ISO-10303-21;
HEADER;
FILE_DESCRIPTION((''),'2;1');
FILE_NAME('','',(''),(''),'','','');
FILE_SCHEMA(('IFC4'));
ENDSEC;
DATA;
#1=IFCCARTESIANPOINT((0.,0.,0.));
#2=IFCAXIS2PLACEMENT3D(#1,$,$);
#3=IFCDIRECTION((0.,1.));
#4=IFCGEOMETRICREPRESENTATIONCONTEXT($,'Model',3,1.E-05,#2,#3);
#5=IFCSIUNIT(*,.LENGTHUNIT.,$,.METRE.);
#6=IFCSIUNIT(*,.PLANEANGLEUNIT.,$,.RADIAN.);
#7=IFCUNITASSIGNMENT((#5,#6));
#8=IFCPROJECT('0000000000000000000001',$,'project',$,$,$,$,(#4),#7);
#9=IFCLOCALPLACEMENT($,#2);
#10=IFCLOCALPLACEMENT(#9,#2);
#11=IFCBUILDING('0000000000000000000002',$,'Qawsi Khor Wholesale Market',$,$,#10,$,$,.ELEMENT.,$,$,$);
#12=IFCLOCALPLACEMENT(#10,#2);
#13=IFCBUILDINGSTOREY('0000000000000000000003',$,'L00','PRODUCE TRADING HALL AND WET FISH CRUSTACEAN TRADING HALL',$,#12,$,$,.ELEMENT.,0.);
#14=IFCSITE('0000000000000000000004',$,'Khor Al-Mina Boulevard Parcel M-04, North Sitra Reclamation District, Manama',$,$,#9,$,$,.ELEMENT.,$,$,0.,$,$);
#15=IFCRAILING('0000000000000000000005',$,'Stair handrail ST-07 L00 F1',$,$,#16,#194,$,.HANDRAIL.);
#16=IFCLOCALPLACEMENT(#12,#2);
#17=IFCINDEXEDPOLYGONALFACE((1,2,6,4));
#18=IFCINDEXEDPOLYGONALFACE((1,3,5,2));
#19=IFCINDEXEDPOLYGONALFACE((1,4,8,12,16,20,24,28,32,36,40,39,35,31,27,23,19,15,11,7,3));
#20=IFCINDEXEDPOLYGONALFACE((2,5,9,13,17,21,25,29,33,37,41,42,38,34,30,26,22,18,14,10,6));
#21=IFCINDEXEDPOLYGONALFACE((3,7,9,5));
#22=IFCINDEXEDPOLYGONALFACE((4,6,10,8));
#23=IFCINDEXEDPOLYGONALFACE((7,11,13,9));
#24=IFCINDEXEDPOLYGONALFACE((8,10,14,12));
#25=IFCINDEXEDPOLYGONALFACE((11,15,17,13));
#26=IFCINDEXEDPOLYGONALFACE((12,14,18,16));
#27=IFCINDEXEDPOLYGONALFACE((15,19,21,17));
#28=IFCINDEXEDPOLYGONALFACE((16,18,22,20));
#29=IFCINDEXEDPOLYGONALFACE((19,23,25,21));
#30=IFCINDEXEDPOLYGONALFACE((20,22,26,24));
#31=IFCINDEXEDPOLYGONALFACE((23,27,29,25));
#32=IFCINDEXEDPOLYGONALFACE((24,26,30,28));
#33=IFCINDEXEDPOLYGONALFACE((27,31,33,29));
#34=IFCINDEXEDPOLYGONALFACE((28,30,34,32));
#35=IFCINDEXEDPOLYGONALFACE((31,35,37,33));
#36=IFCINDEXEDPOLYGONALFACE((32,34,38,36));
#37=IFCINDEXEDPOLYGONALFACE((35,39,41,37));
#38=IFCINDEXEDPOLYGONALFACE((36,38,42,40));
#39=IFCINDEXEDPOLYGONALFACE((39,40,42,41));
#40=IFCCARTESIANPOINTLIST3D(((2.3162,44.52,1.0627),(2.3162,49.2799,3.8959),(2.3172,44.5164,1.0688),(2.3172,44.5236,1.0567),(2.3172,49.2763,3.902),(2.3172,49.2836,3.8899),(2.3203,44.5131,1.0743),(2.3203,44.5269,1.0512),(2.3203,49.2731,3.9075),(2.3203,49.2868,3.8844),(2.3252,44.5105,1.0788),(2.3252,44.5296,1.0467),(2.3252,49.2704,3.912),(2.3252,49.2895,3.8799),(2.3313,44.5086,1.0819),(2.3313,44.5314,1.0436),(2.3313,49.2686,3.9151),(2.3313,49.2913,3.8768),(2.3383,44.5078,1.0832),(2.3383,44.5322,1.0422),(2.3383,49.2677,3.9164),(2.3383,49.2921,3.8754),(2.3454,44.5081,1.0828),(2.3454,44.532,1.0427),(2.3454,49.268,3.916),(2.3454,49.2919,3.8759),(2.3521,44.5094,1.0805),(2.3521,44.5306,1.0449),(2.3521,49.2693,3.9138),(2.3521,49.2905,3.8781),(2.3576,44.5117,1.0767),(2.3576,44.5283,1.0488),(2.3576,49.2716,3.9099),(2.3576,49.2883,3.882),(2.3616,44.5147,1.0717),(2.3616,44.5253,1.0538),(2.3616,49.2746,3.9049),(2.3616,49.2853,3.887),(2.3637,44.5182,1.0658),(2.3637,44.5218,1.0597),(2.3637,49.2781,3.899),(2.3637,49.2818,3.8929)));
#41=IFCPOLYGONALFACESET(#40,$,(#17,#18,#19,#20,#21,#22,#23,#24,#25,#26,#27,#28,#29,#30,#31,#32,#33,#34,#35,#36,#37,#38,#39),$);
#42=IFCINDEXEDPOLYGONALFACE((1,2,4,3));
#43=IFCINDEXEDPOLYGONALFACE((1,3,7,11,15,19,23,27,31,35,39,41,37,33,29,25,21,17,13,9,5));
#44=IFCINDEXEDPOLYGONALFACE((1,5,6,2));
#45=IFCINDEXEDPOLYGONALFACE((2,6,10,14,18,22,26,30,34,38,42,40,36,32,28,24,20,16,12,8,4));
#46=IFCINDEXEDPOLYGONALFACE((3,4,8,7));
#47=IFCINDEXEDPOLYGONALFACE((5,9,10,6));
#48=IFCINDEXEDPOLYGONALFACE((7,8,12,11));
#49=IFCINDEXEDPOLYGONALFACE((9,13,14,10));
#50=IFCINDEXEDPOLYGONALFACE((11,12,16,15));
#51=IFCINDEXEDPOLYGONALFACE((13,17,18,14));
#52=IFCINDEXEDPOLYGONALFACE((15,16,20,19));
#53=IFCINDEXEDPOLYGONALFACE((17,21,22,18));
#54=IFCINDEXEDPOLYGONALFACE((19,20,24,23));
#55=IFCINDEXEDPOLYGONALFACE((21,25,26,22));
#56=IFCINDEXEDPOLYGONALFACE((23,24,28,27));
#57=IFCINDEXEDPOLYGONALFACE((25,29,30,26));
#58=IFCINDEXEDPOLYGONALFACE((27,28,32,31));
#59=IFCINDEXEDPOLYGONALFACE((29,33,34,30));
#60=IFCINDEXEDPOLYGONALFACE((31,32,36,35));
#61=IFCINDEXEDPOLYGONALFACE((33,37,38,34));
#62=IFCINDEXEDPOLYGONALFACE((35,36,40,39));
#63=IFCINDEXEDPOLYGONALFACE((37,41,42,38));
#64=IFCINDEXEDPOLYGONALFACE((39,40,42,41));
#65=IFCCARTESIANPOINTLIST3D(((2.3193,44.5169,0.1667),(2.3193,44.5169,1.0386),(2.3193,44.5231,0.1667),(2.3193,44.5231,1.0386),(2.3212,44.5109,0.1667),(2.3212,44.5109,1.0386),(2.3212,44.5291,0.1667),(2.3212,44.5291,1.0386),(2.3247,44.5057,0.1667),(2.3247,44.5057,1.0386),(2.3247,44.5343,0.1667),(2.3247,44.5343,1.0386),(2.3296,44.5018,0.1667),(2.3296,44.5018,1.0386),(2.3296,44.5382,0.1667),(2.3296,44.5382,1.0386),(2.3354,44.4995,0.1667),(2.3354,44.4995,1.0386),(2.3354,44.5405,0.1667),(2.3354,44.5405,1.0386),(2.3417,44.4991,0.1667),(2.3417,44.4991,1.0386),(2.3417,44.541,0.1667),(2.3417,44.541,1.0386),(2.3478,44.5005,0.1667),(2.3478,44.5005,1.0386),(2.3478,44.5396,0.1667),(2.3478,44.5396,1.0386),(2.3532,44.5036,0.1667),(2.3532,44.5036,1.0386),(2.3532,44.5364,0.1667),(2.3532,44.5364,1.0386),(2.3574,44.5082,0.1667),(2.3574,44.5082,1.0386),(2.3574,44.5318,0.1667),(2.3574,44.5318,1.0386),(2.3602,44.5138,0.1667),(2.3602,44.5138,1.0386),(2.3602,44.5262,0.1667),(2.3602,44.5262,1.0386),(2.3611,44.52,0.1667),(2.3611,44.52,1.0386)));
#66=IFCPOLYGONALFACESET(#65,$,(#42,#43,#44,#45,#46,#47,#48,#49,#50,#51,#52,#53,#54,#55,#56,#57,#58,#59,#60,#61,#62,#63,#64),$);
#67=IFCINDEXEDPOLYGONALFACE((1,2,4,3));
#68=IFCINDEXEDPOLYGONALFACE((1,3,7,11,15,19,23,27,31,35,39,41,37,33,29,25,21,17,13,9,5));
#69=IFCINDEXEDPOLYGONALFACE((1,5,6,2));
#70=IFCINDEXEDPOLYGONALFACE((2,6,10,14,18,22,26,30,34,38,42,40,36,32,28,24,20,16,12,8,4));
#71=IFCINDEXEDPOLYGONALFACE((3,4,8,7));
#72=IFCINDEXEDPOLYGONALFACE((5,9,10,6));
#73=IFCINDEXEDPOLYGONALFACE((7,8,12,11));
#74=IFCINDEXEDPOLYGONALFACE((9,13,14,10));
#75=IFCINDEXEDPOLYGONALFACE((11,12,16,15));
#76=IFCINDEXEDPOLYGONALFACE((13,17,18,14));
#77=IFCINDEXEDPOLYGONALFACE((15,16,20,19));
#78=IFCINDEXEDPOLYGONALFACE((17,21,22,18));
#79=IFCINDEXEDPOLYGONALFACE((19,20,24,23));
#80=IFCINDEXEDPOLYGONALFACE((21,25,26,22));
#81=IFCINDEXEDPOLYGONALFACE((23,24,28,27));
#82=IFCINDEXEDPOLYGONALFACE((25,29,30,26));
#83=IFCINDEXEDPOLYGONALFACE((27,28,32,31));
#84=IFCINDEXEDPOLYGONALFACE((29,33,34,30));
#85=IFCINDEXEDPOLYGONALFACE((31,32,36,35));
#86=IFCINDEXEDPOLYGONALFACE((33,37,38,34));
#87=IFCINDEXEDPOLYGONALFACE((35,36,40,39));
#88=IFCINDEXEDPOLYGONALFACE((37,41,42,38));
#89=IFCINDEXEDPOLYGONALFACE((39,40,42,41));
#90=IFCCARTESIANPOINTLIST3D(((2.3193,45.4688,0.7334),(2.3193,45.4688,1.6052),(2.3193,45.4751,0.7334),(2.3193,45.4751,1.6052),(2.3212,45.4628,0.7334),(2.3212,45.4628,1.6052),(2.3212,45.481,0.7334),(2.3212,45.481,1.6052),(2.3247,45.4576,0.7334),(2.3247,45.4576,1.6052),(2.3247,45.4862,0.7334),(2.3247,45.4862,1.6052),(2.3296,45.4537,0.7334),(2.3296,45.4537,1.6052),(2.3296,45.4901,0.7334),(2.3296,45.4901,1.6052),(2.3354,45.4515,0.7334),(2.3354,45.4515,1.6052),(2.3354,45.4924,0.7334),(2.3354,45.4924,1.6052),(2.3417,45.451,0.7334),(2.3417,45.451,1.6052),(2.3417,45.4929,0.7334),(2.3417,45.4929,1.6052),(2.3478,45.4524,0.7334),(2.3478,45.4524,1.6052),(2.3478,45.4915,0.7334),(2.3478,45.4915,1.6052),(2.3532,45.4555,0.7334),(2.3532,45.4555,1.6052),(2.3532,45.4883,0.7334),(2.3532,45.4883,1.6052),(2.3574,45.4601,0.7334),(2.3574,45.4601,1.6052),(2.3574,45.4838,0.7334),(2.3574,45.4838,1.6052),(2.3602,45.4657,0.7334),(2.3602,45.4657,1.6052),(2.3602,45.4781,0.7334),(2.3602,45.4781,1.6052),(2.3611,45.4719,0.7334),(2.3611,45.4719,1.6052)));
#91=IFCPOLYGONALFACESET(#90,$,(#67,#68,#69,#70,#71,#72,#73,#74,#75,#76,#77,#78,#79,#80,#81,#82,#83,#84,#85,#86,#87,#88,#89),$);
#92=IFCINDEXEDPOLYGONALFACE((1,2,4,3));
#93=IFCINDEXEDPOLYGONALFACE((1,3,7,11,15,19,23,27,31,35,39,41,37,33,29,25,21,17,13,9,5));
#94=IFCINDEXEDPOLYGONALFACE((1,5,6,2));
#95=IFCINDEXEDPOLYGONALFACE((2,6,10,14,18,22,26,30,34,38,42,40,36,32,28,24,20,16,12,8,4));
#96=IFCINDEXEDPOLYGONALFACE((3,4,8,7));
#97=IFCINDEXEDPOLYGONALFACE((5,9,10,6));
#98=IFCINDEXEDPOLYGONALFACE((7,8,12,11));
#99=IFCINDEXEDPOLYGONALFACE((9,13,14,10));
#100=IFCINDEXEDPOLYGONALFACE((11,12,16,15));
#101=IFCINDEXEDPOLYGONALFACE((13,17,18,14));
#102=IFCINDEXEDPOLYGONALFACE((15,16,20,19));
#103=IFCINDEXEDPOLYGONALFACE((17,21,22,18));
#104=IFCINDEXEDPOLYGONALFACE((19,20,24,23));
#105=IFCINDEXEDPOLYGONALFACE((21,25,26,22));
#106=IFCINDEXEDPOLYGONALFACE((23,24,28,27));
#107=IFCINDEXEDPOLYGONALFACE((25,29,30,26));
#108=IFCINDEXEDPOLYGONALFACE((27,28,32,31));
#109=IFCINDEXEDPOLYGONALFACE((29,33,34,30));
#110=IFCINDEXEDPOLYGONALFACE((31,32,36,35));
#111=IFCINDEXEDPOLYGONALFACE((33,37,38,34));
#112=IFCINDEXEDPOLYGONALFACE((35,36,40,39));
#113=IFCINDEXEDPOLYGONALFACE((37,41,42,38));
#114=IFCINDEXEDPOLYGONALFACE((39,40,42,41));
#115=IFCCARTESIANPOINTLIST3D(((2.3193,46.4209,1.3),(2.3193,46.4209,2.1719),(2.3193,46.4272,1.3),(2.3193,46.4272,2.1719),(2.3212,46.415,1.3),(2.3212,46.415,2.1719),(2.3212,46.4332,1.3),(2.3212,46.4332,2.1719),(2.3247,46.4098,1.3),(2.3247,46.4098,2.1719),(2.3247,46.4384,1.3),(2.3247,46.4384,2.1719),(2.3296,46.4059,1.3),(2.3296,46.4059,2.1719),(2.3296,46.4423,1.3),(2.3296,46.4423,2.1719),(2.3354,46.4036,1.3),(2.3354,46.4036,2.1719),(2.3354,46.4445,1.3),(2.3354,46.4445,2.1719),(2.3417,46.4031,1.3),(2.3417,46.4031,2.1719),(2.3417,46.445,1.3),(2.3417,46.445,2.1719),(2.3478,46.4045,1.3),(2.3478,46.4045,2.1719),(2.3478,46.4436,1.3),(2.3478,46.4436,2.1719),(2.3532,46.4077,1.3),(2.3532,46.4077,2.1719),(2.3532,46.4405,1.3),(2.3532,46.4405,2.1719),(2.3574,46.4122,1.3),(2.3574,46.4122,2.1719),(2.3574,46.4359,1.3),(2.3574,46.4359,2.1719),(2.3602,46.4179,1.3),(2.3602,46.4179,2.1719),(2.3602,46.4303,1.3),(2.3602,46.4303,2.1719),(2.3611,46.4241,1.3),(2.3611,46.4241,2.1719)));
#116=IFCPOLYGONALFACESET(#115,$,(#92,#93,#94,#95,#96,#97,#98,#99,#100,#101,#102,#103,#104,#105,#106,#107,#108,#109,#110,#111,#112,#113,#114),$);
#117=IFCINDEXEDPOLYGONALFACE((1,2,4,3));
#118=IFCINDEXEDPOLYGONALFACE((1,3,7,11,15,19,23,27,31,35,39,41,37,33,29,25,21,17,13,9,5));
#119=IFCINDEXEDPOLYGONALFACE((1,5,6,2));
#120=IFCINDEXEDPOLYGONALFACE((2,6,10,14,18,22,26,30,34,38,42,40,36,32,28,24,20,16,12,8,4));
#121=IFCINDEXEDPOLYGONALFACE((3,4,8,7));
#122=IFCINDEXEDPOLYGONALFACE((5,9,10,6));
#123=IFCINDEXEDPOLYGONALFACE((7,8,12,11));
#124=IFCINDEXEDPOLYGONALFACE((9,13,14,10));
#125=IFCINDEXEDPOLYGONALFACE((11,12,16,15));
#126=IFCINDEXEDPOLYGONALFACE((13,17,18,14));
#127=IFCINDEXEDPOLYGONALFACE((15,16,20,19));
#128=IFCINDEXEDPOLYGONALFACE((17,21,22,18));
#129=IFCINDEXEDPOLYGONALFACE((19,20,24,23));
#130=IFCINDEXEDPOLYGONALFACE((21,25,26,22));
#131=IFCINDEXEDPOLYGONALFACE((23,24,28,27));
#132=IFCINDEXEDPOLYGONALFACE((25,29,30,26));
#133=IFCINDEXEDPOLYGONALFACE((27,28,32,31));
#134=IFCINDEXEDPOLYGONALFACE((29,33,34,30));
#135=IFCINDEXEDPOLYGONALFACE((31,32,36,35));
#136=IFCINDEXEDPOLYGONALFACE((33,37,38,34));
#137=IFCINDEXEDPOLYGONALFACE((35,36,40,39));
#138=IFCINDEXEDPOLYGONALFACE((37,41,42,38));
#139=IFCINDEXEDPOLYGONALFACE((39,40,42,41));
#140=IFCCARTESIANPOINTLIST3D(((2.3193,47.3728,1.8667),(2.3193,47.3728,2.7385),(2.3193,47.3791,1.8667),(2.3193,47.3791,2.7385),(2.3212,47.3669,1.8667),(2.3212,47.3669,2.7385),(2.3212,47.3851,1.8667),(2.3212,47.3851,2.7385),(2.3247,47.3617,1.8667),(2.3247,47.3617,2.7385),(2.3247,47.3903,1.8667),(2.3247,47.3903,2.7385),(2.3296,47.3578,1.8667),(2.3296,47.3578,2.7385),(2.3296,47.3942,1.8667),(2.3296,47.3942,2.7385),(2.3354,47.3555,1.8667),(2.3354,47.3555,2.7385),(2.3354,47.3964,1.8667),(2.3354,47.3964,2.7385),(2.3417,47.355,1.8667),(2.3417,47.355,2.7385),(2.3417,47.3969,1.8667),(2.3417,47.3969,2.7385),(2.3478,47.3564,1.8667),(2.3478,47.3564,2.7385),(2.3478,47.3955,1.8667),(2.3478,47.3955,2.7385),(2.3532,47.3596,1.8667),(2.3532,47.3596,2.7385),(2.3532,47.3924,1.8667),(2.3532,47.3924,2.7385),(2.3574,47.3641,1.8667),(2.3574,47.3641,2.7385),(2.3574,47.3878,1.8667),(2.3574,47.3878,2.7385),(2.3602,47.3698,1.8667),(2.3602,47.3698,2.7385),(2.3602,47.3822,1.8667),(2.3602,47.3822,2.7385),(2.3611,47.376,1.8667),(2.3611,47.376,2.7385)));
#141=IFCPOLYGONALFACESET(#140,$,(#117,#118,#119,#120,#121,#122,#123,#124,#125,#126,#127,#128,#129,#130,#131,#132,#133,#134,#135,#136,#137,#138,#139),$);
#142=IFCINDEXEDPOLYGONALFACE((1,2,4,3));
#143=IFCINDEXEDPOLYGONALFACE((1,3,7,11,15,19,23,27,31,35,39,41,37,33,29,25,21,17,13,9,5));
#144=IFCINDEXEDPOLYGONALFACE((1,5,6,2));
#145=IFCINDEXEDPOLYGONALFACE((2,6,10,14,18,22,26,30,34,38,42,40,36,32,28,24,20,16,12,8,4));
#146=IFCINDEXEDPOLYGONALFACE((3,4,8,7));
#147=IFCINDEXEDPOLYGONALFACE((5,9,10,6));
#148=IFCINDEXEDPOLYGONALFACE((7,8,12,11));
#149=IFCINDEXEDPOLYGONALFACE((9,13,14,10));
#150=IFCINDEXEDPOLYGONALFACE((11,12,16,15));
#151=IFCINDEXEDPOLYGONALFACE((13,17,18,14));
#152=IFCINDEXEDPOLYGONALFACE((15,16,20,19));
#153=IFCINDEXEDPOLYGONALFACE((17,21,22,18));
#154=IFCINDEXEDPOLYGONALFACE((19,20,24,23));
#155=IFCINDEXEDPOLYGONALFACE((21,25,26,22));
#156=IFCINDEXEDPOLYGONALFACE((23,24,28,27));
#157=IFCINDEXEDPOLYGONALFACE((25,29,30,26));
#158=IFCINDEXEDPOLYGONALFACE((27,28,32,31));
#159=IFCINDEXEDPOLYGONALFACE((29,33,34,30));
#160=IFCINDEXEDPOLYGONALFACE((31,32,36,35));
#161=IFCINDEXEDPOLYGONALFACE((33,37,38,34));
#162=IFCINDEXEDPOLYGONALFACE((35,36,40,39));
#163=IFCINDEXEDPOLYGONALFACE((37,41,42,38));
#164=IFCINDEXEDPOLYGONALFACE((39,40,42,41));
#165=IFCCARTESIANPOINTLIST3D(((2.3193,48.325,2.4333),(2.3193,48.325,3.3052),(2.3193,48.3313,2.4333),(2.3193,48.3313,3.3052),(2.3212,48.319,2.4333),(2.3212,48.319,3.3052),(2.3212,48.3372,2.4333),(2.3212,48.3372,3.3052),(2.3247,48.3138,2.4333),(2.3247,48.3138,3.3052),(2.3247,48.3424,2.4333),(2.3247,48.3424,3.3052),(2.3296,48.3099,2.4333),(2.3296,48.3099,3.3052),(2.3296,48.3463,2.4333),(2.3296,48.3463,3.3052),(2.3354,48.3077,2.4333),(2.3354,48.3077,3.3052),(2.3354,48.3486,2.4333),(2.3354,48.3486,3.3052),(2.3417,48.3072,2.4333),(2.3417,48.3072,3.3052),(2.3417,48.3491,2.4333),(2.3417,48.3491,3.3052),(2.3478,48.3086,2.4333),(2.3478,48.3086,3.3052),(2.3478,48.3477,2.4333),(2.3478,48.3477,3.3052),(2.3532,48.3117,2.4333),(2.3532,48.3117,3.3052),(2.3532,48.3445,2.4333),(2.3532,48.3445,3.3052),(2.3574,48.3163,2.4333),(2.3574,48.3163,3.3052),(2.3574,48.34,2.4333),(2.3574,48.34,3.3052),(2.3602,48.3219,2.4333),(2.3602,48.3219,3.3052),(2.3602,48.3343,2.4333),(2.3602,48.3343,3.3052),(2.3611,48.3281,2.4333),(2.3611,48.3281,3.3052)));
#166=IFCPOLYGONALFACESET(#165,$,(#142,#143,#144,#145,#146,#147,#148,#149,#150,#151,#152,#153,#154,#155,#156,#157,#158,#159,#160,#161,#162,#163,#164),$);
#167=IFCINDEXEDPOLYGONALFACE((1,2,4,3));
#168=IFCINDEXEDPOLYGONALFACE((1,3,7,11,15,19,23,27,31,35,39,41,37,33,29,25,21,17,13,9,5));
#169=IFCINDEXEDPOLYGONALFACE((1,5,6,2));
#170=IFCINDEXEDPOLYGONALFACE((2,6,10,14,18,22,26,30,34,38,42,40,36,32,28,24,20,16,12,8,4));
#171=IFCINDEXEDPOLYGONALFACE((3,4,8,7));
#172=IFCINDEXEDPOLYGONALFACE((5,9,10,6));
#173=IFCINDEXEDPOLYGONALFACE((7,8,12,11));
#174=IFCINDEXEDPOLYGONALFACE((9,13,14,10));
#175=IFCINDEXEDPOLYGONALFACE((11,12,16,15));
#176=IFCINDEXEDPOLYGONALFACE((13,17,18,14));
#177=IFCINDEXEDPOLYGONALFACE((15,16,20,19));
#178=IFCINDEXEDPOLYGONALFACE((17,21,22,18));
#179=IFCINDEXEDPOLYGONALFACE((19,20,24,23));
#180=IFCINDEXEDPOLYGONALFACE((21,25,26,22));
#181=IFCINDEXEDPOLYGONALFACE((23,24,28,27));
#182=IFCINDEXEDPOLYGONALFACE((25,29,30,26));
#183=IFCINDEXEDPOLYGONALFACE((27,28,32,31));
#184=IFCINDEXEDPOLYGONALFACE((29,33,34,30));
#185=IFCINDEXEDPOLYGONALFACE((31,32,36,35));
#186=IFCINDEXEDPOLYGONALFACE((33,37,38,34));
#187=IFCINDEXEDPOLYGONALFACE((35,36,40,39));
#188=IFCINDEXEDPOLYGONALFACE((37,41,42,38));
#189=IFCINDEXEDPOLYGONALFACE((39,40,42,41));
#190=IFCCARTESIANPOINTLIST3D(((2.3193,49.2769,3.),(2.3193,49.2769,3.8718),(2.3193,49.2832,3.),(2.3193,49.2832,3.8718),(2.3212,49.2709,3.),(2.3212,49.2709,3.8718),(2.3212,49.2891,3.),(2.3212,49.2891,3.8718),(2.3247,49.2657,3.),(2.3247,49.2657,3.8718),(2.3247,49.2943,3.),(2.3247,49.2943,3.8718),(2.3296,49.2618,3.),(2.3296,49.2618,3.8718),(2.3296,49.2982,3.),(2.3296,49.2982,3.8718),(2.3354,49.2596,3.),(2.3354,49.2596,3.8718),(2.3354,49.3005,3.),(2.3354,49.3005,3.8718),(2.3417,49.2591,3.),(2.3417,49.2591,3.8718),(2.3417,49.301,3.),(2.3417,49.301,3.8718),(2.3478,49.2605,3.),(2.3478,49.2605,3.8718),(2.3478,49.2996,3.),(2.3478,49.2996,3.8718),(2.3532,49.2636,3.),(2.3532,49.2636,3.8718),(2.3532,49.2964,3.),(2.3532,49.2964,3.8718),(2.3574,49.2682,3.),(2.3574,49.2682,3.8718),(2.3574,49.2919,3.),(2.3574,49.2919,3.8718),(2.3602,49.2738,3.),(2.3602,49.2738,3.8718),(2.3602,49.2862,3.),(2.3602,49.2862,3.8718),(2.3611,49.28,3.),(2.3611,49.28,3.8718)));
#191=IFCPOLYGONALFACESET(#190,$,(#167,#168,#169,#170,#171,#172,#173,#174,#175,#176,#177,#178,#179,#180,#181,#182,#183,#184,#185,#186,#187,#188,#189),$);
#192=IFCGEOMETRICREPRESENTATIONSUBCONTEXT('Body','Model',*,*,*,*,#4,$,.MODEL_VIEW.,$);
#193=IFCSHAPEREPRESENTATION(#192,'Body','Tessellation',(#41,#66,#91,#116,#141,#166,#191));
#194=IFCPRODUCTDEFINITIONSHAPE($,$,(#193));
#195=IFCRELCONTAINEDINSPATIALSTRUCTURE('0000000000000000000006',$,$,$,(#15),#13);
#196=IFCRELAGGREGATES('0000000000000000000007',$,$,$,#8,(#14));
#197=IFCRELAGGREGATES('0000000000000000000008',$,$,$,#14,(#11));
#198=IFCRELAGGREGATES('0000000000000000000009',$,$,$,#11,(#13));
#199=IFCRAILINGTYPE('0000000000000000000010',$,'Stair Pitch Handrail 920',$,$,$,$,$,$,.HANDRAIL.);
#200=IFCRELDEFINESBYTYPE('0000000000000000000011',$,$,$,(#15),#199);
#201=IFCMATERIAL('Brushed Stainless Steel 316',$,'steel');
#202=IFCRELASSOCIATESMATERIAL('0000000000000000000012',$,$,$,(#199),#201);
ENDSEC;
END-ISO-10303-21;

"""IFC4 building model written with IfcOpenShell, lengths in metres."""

from ifc_helpers import new_model, si_unit, direction, frame, origin, origin_2d, place, context, subcontext, project, spatial, circle, extrude, material, type_object, element, save


model = new_model("IFC4")

# Units and contexts
model_context = context("Model", 3, precision=1e-05, world=origin(), true_north=direction((0.0, 1.0)))
body_context = subcontext(model_context, "Body", "Model", "MODEL_VIEW")
ifc_project = project(units=[si_unit("LENGTHUNIT", "METRE"), si_unit("PLANEANGLEUNIT", "RADIAN")], contexts=[model_context])

# Site, building, storey
site_placement = place(None, origin())
site = spatial("IfcSite", under=ifc_project, at=site_placement, Name="Khor Al-Mina Boulevard Parcel M-04, North Sitra Reclamation District, Manama", CompositionType="ELEMENT", RefElevation=0.0)
building_placement = place(site_placement, origin())
building = spatial("IfcBuilding", under=site, at=building_placement, Name="Qawsi Khor Wholesale Market", CompositionType="ELEMENT")
storey_placement = place(building_placement, origin())
storey = spatial("IfcBuildingStorey", under=building, at=storey_placement, Name="L00", Description="PRODUCE TRADING HALL AND WET FISH CRUSTACEAN TRADING HALL", CompositionType="ELEMENT", Elevation=0.0)

# Railing
ifc_material_1 = material(Name="Brushed Stainless Steel 316", Category="steel")
railing_type = type_object("IfcRailingType", Name="Stair Pitch Handrail 920", PredefinedType="HANDRAIL", material=ifc_material_1)
railing_1_placement = place(storey_placement, frame((2.3401, 44.52, 0.1667)))
element("IfcRailing", 1, at=railing_1_placement, inside=storey, type_object=railing_type, Name="Stair handrail ST-07 L00 F1", PredefinedType="HANDRAIL", context=body_context, shape_type="SweptSolid", body=[
    extrude(circle(Radius=0.0239, at=origin_2d()), frame((0.0, 0.0, 0.896), z_axis=(0.0, 0.8593, 0.511472), x_axis=(-1.0, 0.0, 0.0)), (0.0, 0.0, 1.0), 5.5393),
    extrude(circle(Radius=0.021, at=origin_2d()), origin(), (0.0, 0.0, 1.0), 0.8718),
    extrude(circle(Radius=0.021, at=origin_2d()), frame((0.0, 0.9519, 0.5667)), (0.0, 0.0, 1.0), 0.8718),
    extrude(circle(Radius=0.021, at=origin_2d()), frame((0.0, 1.9041, 1.1333)), (0.0, 0.0, 1.0), 0.8718),
    extrude(circle(Radius=0.021, at=origin_2d()), frame((0.0, 2.856, 1.7)), (0.0, 0.0, 1.0), 0.8718),
    extrude(circle(Radius=0.021, at=origin_2d()), frame((0.0, 3.8081, 2.2666)), (0.0, 0.0, 1.0), 0.8718),
    extrude(circle(Radius=0.021, at=origin_2d()), frame((0.0, 4.76, 2.8333)), (0.0, 0.0, 1.0), 0.8718),
])

save(model, "model.ifc")
